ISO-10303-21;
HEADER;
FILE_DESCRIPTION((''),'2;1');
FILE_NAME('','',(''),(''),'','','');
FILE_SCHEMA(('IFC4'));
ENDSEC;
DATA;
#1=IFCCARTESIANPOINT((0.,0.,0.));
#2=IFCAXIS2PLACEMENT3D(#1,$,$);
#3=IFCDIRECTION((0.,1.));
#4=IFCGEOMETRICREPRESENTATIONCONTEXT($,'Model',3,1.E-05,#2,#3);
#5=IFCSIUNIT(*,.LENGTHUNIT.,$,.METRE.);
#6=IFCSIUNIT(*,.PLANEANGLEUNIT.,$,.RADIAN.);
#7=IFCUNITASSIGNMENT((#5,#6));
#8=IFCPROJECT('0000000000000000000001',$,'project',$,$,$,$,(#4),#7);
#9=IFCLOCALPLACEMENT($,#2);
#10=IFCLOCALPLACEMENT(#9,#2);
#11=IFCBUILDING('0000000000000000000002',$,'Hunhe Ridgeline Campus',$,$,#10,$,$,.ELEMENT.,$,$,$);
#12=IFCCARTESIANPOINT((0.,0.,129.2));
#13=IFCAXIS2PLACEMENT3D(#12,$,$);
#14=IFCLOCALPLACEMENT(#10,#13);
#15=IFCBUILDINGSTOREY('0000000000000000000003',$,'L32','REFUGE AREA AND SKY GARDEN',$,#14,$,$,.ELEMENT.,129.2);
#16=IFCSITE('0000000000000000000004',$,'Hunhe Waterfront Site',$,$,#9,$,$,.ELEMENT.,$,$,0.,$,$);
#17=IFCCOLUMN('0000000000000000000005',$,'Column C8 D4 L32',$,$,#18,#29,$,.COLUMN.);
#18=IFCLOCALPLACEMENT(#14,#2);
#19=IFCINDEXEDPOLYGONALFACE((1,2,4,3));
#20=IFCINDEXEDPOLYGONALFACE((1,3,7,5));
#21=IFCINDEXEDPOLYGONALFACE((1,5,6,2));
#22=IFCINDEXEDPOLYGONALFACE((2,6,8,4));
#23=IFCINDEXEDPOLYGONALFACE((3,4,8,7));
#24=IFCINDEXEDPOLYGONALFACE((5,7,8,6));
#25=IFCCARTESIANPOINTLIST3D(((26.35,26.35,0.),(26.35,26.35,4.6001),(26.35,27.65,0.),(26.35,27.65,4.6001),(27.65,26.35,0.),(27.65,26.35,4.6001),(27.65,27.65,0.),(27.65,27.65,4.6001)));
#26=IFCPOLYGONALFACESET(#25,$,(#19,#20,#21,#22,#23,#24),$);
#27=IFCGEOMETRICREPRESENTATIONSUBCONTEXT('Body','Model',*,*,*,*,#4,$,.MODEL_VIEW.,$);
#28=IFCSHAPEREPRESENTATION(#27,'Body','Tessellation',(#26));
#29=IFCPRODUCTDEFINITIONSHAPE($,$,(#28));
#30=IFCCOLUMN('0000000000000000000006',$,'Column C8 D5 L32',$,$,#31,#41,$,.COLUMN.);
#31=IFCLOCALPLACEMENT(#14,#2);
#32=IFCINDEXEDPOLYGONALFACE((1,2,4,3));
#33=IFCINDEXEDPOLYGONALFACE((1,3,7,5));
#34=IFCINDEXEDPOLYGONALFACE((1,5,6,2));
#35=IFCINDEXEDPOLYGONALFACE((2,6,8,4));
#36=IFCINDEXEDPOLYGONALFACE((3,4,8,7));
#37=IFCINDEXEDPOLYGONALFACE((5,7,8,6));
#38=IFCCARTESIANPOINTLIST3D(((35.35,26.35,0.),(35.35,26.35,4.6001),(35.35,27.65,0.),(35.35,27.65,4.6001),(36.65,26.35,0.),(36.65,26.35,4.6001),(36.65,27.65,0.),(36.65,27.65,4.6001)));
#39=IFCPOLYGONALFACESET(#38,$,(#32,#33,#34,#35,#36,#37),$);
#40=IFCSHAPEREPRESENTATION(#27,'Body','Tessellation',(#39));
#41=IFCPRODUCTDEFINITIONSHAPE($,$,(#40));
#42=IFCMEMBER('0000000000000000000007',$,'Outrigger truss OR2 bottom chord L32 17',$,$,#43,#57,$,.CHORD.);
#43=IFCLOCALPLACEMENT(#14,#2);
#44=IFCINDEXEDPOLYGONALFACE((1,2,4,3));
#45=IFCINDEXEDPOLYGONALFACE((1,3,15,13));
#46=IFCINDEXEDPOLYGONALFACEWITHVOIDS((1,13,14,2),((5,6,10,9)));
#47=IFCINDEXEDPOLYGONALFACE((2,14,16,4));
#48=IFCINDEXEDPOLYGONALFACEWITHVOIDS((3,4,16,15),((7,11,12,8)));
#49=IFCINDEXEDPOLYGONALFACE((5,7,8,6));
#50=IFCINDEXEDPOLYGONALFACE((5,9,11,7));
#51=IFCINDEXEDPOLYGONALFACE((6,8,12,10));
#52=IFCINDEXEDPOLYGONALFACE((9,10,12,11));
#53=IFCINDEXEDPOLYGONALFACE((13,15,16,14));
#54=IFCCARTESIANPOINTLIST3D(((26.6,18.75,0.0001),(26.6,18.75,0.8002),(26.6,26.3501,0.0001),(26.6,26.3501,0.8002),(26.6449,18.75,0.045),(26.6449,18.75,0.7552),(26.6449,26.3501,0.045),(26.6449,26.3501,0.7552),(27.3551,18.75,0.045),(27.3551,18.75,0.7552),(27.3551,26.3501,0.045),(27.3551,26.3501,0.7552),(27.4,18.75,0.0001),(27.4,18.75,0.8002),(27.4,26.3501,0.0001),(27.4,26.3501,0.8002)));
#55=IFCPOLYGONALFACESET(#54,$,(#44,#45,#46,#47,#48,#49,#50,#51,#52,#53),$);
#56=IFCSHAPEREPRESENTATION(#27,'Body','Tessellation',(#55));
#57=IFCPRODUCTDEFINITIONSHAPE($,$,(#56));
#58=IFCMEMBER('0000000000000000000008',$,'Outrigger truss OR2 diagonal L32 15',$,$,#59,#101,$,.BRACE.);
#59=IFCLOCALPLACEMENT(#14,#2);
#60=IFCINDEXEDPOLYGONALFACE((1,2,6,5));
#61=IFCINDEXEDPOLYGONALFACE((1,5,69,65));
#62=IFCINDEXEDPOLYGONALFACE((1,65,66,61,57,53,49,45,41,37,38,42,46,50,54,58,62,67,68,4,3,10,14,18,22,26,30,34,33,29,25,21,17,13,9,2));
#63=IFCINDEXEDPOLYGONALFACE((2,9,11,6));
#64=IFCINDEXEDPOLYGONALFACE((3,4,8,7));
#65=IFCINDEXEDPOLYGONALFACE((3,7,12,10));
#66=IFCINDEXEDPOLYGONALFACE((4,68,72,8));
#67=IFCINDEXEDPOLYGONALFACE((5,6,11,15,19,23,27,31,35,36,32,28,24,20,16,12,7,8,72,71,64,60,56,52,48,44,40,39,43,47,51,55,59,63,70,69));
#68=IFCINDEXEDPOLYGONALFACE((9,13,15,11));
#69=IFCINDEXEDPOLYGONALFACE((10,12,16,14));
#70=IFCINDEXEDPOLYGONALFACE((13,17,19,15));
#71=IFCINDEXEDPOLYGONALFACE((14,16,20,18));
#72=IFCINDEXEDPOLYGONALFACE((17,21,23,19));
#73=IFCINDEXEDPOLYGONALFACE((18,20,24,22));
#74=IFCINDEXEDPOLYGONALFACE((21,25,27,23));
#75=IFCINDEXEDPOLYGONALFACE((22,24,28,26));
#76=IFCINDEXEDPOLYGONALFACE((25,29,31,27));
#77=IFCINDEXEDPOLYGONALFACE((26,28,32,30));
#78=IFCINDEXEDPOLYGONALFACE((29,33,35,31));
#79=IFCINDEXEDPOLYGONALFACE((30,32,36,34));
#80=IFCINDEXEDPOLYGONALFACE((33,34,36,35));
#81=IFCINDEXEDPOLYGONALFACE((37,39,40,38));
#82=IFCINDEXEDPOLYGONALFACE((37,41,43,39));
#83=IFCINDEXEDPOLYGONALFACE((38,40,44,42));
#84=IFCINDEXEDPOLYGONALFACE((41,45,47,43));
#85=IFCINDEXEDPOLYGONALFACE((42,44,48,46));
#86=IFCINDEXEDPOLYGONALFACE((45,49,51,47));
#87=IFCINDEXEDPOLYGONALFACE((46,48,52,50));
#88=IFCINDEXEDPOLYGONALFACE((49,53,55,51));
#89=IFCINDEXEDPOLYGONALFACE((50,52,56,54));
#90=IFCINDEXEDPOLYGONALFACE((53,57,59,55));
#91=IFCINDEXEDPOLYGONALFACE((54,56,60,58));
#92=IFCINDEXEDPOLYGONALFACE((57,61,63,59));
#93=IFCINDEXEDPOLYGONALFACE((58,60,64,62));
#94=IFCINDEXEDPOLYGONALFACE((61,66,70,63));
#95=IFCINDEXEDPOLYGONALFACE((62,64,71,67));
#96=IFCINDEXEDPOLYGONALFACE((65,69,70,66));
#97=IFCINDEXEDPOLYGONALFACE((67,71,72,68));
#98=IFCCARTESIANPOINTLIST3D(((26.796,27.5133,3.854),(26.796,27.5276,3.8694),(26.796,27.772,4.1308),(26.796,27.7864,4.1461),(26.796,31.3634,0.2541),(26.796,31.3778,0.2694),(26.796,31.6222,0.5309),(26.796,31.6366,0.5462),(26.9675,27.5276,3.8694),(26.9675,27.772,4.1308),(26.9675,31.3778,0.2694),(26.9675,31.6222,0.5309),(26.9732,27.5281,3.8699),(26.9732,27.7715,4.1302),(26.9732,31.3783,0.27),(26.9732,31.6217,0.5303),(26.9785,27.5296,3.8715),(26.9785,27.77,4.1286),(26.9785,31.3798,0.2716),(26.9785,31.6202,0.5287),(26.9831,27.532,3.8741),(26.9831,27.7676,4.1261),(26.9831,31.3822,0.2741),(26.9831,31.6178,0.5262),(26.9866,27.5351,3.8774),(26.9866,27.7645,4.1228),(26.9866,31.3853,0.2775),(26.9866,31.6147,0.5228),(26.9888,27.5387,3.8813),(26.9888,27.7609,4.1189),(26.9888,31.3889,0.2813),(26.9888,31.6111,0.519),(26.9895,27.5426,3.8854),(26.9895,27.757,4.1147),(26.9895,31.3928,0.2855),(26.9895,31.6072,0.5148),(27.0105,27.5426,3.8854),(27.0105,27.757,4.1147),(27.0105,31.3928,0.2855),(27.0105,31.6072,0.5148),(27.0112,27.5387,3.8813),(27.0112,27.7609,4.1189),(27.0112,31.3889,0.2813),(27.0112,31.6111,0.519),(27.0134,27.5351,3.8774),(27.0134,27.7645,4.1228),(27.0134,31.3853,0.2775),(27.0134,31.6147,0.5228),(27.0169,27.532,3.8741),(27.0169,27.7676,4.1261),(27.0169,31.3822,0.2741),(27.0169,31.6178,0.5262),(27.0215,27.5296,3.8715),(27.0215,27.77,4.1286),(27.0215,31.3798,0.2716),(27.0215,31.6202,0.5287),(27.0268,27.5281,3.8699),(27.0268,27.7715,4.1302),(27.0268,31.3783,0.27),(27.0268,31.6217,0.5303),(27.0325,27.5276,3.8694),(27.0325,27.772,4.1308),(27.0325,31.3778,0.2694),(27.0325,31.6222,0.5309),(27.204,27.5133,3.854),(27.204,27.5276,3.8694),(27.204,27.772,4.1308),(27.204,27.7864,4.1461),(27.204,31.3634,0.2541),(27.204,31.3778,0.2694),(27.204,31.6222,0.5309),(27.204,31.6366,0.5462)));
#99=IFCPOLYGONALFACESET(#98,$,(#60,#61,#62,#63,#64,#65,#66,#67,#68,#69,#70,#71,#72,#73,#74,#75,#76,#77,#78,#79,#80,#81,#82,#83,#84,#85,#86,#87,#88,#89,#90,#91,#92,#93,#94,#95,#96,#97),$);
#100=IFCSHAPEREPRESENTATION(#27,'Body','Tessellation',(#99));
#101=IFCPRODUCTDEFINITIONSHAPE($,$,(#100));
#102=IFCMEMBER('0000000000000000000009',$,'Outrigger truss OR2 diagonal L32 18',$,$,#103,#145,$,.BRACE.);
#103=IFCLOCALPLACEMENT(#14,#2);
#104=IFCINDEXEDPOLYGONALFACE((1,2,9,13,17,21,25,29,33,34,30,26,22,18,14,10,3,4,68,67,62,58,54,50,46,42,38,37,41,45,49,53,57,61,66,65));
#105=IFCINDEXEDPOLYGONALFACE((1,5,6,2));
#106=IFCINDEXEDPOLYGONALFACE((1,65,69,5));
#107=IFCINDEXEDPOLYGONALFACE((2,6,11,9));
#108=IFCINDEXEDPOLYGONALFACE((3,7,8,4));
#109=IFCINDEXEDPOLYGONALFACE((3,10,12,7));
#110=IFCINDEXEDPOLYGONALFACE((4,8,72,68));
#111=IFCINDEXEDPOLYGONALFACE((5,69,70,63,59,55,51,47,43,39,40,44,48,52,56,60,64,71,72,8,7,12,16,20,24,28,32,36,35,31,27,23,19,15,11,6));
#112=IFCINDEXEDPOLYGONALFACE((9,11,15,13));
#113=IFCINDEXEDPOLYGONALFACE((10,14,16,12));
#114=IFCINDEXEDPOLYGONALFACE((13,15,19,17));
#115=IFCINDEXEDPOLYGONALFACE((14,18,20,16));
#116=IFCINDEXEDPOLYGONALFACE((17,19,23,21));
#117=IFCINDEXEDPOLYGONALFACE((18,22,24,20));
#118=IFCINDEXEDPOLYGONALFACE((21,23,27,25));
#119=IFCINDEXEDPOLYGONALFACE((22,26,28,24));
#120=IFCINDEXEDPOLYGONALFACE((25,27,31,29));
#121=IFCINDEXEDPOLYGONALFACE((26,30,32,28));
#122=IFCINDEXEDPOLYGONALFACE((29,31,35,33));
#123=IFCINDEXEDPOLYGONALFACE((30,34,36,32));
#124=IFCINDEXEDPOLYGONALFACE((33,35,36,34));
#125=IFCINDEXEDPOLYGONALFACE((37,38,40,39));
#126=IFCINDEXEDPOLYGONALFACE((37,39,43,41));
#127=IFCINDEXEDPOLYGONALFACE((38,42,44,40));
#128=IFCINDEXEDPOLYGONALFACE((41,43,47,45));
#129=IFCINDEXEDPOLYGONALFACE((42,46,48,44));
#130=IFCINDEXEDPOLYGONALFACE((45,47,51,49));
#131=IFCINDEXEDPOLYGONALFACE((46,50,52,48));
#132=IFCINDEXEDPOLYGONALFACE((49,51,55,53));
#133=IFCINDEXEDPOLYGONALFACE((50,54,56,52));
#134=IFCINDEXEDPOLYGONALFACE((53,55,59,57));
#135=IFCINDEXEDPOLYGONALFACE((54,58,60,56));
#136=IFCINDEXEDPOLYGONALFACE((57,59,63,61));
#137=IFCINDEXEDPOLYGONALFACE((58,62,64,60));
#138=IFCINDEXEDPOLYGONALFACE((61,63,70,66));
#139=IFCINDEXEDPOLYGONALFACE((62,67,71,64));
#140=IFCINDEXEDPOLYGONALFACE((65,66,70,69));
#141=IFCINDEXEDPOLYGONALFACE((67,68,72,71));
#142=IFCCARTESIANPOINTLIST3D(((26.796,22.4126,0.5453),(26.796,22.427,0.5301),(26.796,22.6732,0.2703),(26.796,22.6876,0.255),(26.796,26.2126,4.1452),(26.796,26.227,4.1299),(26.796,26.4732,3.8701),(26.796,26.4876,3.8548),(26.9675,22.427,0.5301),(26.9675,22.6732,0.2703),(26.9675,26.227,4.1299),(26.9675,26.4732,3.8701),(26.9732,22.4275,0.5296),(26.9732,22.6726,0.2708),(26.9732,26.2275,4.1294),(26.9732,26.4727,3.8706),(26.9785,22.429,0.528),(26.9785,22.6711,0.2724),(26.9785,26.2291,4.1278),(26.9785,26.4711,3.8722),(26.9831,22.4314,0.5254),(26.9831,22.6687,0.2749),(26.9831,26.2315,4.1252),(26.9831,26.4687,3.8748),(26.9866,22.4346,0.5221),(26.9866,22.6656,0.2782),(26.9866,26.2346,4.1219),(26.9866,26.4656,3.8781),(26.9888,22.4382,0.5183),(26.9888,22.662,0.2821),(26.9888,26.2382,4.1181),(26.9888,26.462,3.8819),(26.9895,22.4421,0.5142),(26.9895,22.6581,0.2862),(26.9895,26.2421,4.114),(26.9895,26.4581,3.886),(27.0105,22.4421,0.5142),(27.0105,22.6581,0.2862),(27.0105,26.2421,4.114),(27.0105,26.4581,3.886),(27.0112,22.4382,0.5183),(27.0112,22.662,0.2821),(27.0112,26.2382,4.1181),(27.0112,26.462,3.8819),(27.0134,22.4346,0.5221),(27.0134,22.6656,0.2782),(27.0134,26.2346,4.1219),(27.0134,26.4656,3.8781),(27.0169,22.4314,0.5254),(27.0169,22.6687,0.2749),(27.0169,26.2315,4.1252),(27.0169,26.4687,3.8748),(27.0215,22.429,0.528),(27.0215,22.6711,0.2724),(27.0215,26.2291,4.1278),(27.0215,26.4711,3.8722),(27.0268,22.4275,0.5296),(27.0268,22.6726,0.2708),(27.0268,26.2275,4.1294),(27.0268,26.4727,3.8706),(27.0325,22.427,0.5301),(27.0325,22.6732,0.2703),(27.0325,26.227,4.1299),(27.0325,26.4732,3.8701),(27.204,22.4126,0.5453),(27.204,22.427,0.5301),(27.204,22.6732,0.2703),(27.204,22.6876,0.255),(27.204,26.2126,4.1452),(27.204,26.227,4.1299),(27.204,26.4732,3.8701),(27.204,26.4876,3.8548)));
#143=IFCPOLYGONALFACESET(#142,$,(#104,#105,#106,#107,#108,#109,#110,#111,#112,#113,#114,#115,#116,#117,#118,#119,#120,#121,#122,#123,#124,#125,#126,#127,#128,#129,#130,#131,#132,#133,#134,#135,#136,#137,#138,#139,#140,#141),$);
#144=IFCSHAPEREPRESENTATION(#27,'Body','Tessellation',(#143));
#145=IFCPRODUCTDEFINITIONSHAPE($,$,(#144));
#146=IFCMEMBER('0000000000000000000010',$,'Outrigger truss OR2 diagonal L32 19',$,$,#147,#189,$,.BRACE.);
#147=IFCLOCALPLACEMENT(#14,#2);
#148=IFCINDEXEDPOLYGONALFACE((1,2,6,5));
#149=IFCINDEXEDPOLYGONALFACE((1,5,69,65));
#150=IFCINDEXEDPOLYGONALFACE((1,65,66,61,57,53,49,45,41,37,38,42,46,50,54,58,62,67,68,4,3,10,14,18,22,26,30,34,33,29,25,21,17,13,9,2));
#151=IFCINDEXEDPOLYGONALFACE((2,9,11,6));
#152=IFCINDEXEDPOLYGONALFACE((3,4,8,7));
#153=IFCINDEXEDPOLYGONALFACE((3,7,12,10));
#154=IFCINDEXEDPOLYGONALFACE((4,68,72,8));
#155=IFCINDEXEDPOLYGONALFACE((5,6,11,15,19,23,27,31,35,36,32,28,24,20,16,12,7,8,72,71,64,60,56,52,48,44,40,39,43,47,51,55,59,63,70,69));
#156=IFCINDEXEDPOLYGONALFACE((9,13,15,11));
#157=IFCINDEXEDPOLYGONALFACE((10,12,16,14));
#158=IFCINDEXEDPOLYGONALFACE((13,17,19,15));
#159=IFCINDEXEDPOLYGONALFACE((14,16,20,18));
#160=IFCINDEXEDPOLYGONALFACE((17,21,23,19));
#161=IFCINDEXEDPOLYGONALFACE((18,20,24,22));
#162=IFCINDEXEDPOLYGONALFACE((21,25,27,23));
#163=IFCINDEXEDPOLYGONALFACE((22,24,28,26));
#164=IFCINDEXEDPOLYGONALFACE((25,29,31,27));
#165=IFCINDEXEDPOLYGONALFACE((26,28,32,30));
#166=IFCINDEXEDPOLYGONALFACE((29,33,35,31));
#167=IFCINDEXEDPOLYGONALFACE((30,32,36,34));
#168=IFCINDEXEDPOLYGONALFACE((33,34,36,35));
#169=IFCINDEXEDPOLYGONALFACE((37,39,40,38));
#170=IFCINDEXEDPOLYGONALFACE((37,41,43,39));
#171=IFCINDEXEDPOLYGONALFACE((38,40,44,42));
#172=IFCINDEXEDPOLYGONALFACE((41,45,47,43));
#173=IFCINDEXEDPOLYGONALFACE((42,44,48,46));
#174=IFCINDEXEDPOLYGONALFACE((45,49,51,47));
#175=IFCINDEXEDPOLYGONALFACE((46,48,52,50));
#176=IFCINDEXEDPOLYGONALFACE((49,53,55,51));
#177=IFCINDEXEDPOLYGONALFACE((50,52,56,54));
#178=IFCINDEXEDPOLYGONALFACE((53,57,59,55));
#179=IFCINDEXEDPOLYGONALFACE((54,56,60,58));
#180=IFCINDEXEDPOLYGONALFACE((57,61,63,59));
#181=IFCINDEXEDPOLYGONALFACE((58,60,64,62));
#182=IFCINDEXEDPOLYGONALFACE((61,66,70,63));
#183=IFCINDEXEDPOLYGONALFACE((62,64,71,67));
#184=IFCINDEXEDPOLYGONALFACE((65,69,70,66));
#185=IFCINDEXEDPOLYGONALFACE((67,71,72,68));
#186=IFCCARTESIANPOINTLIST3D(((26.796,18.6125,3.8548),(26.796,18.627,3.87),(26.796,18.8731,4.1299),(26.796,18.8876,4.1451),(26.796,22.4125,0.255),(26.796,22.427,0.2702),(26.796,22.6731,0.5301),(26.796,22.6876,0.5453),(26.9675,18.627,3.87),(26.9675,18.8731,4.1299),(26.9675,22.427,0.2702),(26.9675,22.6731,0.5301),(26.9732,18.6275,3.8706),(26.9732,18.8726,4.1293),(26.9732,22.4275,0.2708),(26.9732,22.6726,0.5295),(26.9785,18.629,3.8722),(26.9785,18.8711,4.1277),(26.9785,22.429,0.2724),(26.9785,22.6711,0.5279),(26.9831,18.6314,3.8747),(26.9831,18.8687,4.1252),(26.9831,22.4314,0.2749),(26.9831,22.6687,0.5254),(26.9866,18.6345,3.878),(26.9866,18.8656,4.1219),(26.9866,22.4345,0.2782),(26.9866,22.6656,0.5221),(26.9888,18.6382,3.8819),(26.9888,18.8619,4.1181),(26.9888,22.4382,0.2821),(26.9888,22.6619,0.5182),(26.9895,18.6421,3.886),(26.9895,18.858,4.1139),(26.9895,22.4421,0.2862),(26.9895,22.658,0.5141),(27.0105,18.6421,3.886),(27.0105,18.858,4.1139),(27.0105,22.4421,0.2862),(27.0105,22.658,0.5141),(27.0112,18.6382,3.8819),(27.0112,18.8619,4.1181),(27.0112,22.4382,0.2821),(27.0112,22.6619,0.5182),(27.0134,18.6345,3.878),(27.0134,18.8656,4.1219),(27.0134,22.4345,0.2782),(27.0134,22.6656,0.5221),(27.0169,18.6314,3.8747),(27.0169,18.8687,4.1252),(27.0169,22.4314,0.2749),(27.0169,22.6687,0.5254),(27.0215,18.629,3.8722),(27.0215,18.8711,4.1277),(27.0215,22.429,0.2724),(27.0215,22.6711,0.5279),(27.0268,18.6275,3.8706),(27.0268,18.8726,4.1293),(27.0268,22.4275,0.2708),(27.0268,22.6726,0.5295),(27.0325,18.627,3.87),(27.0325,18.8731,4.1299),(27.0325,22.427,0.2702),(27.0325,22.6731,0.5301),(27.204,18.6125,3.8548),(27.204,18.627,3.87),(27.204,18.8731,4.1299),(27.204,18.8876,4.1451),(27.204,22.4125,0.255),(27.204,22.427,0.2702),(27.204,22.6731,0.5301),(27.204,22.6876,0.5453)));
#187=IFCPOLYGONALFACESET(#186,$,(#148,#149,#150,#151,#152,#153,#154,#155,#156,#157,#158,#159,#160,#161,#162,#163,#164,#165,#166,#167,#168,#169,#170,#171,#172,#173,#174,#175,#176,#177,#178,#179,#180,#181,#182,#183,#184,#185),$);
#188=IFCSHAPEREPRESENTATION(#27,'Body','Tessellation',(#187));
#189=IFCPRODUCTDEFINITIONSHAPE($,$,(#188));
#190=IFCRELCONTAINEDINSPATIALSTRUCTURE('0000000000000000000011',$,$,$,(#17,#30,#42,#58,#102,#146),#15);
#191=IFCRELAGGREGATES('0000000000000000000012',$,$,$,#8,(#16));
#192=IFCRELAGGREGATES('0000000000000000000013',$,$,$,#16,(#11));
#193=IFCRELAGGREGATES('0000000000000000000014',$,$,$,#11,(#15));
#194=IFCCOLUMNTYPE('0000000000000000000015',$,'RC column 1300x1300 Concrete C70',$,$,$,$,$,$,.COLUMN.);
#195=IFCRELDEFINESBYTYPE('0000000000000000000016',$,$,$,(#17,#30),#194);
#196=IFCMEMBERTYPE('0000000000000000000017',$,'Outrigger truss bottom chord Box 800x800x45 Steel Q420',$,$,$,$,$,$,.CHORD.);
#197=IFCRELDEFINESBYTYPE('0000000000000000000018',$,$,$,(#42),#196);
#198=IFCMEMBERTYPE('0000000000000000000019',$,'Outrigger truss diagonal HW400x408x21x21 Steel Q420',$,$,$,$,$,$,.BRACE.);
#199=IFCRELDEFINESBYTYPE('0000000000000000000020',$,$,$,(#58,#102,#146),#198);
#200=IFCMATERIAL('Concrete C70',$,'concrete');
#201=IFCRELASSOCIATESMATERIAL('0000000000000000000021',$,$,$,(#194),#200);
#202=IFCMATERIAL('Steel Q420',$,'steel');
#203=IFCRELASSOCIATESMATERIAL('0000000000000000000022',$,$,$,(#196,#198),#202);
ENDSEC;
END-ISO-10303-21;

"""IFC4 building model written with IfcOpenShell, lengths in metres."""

from ifc_helpers import new_model, si_unit, direction, frame, origin, origin_2d, place, context, subcontext, project, spatial, rectangle, hollow_rectangle, i_section, extrude, material, material_profile, profile_set, type_object, element, save


model = new_model("IFC4")

# Units and contexts
model_context = context("Model", 3, precision=1e-05, world=origin(), true_north=direction((0.0, 1.0)))
body_context = subcontext(model_context, "Body", "Model", "MODEL_VIEW")
ifc_project = project(units=[si_unit("LENGTHUNIT", "METRE"), si_unit("PLANEANGLEUNIT", "RADIAN")], contexts=[model_context])

# Site, building, storey
site_placement = place(None, origin())
site = spatial("IfcSite", under=ifc_project, at=site_placement, Name="Hunhe Waterfront Site", CompositionType="ELEMENT", RefElevation=0.0)
building_placement = place(site_placement, origin())
building = spatial("IfcBuilding", under=site, at=building_placement, Name="Hunhe Ridgeline Campus", CompositionType="ELEMENT")
storey_placement = place(building_placement, frame((0.0, 0.0, 129.2)))
storey = spatial("IfcBuildingStorey", under=building, at=storey_placement, Name="L32", Description="REFUGE AREA AND SKY GARDEN", CompositionType="ELEMENT", Elevation=129.2)

# Columns
ifc_material_1 = material(Name="Concrete C70", Category="concrete")
ifc_material_profile_1 = material_profile(ifc_material_1, rectangle(XDim=1.3, YDim=1.3, at=origin_2d()))
ifc_profile_set_1 = profile_set([ifc_material_profile_1], Name="Concrete C70")
column_type = type_object("IfcColumnType", Name="RC column 1300x1300 Concrete C70", PredefinedType="COLUMN", material=ifc_profile_set_1)
for number, where, z_axis, x_axis, name in (
    (1, (27.0, 27.0, 0.0), (0.0, 0.0, 1.0), (1.0, 0.0, 0.0), "Column C8 D4 L32"),
    (2, (36.0, 27.0, 0.0), (0.0, 0.0, 1.0), (1.0, 0.0, 0.0), "Column C8 D5 L32"),
):
    element("IfcColumn", number, at=place(storey_placement, frame(where, z_axis=z_axis, x_axis=x_axis)), inside=storey, type_object=column_type, Name=name, PredefinedType="COLUMN", context=body_context, shape_type="SweptSolid", body=[
        extrude(rectangle(XDim=1.3, YDim=1.3, at=origin_2d()), origin(), (0.0, 0.0, 1.0), 4.6001),
    ])

# Members
ifc_material_2 = material(Name="Steel Q420", Category="steel")
ifc_material_profile_2 = material_profile(ifc_material_2, hollow_rectangle(XDim=0.8, YDim=0.8, WallThickness=0.0449, at=origin_2d()))
ifc_profile_set_2 = profile_set([ifc_material_profile_2], Name="Steel Q420")
member_type_1 = type_object("IfcMemberType", Name="Outrigger truss bottom chord Box 800x800x45 Steel Q420", PredefinedType="CHORD", material=ifc_profile_set_2)
member_1_placement = place(storey_placement, frame((27.0, 26.3501, 0.4001), z_axis=(0.0, -1.0, 0.0), x_axis=(1.0, 0.0, 0.0)))
element("IfcMember", 3, at=member_1_placement, inside=storey, type_object=member_type_1, Name="Outrigger truss OR2 bottom chord L32 17", PredefinedType="CHORD", context=body_context, shape_type="SweptSolid", body=[
    extrude(hollow_rectangle(XDim=0.8, YDim=0.8, WallThickness=0.0449, at=origin_2d()), origin(), (0.0, 0.0, 1.0), 7.6001),
])
ifc_material_profile_3 = material_profile(ifc_material_2, i_section(OverallWidth=0.408, OverallDepth=0.3999, WebThickness=0.021, FlangeThickness=0.021, FilletRadius=0.022, at=origin_2d()))
ifc_profile_set_3 = profile_set([ifc_material_profile_3], Name="Steel Q420")
member_type_2 = type_object("IfcMemberType", Name="Outrigger truss diagonal HW400x408x21x21 Steel Q420", PredefinedType="BRACE", material=ifc_profile_set_3)
member_2_placement = place(storey_placement, frame((27.0, 31.5, 0.4001), z_axis=(0.0, -0.730447, 0.68297), x_axis=(1.0, 0.0, 0.0)))
element("IfcMember", 4, at=member_2_placement, inside=storey, type_object=member_type_2, Name="Outrigger truss OR2 diagonal L32 15", PredefinedType="BRACE", context=body_context, shape_type="SweptSolid", body=[
    extrude(i_section(OverallWidth=0.408, OverallDepth=0.3999, WebThickness=0.021, FlangeThickness=0.021, FilletRadius=0.022, at=origin_2d()), origin(), (0.0, 0.0, 1.0), 5.271),
])
for number, where, z_axis, x_axis, name in (
    (5, (27.0, 26.3501, 4.0), (0.0, -0.725971, -0.687725), (1.0, 0.0, 0.0), "Outrigger truss OR2 diagonal L32 18"),
    (6, (27.0, 22.55, 0.4001), (0.0, -0.725971, 0.687725), (1.0, 0.0, 0.0), "Outrigger truss OR2 diagonal L32 19"),
):
    element("IfcMember", number, at=place(storey_placement, frame(where, z_axis=z_axis, x_axis=x_axis)), inside=storey, type_object=member_type_2, Name=name, PredefinedType="BRACE", context=body_context, shape_type="SweptSolid", body=[
        extrude(i_section(OverallWidth=0.408, OverallDepth=0.3999, WebThickness=0.021, FlangeThickness=0.021, FilletRadius=0.022, at=origin_2d()), origin(), (0.0, 0.0, 1.0), 5.2344),
    ])

save(model, "model.ifc")
